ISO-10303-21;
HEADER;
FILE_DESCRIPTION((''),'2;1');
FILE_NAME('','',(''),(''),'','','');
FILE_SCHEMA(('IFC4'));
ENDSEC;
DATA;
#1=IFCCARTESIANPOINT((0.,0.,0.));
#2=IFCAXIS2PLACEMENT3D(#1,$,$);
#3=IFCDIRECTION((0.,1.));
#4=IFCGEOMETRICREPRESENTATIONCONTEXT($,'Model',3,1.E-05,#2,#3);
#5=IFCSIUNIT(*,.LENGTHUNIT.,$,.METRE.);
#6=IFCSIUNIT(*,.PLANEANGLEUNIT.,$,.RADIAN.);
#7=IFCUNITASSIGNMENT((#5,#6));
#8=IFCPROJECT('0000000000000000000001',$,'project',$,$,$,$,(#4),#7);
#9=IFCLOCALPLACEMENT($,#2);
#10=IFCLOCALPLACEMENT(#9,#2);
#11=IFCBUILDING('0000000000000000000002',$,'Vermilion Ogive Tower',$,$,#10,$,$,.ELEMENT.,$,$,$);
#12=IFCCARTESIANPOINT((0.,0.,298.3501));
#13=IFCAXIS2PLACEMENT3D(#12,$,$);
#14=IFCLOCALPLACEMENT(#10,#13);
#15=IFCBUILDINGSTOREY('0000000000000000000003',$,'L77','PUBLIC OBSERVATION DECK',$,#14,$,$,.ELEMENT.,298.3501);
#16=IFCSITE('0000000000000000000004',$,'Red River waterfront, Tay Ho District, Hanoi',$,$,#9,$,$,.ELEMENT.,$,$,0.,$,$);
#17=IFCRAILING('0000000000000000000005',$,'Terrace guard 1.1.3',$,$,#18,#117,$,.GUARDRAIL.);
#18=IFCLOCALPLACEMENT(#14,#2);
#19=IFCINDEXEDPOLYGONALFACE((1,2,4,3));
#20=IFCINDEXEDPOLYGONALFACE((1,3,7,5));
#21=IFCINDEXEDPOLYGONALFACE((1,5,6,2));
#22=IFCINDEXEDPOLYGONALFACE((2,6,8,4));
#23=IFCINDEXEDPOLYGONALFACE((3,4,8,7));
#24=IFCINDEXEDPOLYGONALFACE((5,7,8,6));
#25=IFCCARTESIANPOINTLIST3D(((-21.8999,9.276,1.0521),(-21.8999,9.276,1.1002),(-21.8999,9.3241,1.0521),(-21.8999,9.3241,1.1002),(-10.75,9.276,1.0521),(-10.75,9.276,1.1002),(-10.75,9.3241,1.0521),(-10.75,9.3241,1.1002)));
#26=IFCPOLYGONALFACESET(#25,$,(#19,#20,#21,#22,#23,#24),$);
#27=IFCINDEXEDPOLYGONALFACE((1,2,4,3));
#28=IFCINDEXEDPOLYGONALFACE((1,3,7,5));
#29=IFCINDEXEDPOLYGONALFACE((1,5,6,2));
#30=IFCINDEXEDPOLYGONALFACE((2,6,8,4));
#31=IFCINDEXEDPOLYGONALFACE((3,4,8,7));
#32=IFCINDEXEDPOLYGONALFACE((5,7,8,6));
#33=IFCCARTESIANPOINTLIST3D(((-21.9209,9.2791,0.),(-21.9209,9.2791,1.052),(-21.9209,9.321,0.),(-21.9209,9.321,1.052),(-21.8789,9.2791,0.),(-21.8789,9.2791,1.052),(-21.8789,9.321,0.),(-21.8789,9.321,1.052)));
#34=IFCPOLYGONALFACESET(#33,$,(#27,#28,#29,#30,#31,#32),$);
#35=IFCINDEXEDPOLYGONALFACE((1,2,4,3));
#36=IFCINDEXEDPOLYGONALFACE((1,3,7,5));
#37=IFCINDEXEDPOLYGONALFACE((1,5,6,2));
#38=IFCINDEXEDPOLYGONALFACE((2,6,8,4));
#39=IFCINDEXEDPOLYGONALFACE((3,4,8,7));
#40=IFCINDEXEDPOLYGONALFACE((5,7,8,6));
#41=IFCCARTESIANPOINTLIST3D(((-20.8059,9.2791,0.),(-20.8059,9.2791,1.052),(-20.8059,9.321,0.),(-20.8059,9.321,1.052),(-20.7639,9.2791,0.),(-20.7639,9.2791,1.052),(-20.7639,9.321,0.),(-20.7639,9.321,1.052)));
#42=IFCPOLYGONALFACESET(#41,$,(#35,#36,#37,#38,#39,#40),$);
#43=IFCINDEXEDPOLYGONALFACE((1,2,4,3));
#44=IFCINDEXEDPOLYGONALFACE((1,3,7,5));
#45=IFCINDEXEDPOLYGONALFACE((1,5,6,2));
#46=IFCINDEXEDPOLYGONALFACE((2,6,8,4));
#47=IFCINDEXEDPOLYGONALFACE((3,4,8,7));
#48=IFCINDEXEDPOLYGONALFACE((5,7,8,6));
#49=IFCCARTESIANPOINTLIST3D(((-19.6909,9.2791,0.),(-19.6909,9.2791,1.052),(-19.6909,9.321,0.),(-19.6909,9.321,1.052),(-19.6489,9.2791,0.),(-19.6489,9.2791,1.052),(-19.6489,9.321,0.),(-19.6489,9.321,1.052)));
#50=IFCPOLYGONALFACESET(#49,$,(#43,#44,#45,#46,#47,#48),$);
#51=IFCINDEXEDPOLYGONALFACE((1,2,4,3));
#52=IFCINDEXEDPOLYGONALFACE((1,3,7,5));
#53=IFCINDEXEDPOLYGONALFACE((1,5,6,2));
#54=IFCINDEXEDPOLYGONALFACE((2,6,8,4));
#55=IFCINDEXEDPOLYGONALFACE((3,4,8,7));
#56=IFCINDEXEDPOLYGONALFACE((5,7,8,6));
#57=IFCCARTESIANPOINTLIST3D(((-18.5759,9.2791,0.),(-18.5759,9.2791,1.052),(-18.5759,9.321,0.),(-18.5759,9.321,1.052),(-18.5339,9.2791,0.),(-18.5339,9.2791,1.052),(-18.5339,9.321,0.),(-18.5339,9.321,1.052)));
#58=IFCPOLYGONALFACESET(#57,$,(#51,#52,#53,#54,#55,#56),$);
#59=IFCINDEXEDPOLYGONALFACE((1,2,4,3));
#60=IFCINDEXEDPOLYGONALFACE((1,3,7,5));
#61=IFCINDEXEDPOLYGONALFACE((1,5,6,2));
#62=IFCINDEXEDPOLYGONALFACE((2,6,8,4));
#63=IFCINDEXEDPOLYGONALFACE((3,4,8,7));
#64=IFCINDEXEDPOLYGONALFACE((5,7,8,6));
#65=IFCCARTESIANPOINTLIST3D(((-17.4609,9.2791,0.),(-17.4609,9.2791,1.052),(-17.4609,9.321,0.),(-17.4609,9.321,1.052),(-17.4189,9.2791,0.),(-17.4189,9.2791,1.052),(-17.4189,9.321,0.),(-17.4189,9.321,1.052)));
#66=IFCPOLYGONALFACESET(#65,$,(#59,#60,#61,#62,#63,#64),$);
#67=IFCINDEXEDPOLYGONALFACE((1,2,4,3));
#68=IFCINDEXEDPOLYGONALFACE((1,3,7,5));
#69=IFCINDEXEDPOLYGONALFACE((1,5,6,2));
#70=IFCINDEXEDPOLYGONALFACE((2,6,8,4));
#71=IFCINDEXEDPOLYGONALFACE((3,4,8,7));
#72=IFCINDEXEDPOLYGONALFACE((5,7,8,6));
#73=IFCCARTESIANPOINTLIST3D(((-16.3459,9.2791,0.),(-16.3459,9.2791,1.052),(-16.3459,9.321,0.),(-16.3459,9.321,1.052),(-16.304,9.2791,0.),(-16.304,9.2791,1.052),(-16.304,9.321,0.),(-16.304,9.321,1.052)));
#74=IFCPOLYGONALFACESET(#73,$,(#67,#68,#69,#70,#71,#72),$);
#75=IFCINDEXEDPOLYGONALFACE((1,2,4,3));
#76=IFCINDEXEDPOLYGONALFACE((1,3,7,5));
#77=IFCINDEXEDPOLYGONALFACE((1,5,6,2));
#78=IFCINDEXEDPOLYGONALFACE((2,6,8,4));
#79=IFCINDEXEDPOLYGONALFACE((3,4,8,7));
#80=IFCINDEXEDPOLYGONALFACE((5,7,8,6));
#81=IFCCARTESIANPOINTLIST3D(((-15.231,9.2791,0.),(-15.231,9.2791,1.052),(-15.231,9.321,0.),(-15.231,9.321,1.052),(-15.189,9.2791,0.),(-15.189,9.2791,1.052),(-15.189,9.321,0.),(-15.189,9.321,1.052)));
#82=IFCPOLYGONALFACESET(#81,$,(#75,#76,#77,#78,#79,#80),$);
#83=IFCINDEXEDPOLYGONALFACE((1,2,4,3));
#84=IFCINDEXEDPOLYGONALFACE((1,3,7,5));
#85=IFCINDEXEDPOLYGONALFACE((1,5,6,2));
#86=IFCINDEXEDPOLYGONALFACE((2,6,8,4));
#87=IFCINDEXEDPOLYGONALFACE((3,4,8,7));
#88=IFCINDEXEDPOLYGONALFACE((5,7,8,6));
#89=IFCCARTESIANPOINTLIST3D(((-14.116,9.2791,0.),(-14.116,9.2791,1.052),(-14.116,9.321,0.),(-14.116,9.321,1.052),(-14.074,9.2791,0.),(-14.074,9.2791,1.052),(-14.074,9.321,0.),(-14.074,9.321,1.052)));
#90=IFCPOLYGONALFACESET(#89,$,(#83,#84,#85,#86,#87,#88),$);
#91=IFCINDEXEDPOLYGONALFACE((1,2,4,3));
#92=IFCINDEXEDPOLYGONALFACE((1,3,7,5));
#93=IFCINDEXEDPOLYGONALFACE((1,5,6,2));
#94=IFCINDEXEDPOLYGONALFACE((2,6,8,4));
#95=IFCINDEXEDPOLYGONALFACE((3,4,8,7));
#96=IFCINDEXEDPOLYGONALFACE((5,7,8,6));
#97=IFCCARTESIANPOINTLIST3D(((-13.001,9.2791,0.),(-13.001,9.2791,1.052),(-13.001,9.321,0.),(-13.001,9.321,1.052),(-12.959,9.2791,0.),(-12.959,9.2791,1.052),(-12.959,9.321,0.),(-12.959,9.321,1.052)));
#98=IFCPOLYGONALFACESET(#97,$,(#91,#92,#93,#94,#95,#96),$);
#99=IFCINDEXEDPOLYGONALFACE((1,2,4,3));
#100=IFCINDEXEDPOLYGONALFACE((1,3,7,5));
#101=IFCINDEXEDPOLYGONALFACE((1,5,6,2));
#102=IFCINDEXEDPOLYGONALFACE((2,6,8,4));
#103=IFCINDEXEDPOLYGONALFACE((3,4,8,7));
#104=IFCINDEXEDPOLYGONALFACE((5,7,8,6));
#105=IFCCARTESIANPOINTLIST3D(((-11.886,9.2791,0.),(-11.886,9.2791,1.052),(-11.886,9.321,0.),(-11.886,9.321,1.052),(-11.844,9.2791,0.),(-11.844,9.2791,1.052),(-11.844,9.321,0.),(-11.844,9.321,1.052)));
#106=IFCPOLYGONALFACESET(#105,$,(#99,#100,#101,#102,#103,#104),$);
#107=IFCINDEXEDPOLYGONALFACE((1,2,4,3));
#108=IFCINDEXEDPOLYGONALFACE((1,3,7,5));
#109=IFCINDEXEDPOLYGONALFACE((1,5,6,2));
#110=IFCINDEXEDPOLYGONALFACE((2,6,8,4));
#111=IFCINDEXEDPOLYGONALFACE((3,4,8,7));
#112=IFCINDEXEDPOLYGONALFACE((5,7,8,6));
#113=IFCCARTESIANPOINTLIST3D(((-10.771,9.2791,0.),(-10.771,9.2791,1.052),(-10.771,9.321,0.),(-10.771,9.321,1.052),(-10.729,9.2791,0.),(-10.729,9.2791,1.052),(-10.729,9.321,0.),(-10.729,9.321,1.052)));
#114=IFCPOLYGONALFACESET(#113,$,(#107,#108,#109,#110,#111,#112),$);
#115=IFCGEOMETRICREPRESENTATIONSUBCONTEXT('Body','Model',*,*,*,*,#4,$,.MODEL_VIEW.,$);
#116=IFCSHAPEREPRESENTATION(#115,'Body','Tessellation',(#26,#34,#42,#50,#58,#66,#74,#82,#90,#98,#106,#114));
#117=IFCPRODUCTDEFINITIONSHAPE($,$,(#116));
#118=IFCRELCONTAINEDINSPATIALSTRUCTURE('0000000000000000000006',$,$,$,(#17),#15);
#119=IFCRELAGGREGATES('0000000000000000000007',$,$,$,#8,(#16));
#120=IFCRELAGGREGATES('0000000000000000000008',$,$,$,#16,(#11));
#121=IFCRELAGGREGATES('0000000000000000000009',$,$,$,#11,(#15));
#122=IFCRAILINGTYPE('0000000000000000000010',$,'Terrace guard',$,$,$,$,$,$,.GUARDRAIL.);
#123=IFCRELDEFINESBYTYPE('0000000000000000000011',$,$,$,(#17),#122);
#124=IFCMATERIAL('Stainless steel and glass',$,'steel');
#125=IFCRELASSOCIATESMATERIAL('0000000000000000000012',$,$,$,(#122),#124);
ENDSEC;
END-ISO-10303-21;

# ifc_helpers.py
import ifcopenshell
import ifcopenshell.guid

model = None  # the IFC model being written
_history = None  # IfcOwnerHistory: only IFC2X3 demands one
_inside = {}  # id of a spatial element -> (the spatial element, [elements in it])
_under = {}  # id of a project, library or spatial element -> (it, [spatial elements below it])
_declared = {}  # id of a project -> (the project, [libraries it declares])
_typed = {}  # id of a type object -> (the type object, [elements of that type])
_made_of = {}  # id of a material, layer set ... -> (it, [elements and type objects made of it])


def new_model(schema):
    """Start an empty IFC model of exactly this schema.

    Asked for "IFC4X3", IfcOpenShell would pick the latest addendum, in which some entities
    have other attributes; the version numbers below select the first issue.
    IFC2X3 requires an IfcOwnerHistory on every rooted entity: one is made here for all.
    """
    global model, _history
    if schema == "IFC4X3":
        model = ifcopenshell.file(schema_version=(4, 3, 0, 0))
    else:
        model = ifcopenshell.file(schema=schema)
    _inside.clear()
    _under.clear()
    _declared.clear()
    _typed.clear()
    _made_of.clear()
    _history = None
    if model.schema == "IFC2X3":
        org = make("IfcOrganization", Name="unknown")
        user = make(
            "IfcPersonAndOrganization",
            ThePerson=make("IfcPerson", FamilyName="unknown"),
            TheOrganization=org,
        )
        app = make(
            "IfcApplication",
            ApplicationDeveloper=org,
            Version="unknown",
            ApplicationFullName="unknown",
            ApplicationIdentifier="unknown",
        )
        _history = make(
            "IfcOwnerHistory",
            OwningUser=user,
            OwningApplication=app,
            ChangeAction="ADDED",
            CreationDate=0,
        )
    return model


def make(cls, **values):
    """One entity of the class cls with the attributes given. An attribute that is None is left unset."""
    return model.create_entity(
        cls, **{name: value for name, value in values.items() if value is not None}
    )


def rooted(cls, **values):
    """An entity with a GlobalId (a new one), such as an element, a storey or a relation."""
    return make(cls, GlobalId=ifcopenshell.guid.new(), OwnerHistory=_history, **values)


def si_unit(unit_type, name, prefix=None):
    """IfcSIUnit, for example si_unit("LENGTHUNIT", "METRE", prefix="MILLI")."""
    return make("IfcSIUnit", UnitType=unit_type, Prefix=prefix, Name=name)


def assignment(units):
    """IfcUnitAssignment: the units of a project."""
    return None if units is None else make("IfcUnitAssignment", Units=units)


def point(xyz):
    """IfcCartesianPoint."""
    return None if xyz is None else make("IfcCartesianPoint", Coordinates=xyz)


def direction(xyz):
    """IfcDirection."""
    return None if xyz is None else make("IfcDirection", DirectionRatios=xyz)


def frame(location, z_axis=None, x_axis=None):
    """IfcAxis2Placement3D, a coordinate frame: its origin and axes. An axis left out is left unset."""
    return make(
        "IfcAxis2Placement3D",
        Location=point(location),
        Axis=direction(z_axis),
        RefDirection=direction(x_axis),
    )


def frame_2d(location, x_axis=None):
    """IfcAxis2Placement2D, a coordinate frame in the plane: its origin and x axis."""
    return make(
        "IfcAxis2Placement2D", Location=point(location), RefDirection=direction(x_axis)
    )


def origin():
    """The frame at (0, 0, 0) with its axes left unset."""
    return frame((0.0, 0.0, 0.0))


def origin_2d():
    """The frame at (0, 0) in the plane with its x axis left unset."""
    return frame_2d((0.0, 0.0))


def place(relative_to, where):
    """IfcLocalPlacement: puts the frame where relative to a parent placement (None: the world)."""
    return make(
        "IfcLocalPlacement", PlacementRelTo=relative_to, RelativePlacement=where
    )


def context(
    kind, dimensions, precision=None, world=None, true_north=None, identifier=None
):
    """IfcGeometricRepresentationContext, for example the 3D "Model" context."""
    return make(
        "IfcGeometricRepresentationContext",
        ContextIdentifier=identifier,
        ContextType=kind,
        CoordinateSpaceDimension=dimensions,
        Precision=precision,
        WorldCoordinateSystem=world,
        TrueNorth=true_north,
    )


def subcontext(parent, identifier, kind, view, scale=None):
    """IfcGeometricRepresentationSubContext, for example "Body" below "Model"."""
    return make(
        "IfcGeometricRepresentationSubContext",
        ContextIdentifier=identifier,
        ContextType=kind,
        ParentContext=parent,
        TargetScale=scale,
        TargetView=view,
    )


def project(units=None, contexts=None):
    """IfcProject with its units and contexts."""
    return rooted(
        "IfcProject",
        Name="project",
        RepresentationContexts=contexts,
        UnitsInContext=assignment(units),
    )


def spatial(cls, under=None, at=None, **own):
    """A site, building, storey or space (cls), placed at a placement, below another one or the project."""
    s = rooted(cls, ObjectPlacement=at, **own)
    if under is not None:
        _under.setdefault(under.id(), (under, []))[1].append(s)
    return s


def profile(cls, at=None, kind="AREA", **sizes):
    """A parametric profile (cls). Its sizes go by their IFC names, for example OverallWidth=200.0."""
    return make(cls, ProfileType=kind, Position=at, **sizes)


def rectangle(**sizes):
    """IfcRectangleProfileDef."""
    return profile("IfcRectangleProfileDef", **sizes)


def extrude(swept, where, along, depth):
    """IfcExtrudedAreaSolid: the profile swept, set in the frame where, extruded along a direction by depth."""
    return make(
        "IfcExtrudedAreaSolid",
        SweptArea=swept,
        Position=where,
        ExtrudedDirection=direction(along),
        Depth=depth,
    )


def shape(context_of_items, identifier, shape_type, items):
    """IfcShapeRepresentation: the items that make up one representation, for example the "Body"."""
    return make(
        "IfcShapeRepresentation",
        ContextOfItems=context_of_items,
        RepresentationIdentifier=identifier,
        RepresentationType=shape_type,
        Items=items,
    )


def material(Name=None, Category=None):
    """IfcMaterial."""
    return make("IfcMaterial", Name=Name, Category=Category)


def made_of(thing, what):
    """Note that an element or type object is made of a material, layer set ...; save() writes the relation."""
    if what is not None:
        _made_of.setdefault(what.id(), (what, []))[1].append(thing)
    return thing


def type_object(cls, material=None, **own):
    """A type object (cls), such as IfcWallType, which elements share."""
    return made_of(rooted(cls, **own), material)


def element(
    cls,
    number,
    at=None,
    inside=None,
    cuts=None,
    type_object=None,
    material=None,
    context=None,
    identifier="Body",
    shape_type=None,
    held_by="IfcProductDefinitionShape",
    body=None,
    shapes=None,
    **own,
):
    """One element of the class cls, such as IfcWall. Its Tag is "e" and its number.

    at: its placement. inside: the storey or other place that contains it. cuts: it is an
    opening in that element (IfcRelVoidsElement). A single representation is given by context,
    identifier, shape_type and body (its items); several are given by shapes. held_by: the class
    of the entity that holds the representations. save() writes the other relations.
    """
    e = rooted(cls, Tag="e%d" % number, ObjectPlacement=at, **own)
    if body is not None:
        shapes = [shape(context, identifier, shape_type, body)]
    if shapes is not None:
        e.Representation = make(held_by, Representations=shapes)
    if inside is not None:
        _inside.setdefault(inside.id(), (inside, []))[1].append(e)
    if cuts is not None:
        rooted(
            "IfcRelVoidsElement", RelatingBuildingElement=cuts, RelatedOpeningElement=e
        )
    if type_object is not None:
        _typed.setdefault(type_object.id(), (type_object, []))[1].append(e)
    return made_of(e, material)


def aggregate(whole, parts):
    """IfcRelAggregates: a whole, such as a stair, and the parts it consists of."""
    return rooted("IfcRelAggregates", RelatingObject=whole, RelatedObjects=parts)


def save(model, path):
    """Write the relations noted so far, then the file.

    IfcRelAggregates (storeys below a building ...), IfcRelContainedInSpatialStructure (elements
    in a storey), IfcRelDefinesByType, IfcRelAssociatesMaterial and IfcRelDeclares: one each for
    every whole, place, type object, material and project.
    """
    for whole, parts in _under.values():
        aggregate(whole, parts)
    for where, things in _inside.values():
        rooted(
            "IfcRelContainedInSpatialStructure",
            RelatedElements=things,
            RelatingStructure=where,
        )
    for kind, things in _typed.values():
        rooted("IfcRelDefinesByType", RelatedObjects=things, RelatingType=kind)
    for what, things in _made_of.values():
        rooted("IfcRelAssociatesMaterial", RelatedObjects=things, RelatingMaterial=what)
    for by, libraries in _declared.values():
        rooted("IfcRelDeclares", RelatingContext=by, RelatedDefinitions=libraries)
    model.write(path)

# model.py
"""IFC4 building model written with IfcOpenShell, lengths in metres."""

from ifc_helpers import new_model, si_unit, direction, frame, origin, origin_2d, place, context, subcontext, project, spatial, rectangle, extrude, material, type_object, element, save


model = new_model("IFC4")

# Units and contexts
model_context = context("Model", 3, precision=1e-05, world=origin(), true_north=direction((0.0, 1.0)))
body_context = subcontext(model_context, "Body", "Model", "MODEL_VIEW")
ifc_project = project(units=[si_unit("LENGTHUNIT", "METRE"), si_unit("PLANEANGLEUNIT", "RADIAN")], contexts=[model_context])

# Site, building, storey
site_placement = place(None, origin())
site = spatial("IfcSite", under=ifc_project, at=site_placement, Name="Red River waterfront, Tay Ho District, Hanoi", CompositionType="ELEMENT", RefElevation=0.0)
building_placement = place(site_placement, origin())
building = spatial("IfcBuilding", under=site, at=building_placement, Name="Vermilion Ogive Tower", CompositionType="ELEMENT")
storey_placement = place(building_placement, frame((0.0, 0.0, 298.3501)))
storey = spatial("IfcBuildingStorey", under=building, at=storey_placement, Name="L77", Description="PUBLIC OBSERVATION DECK", CompositionType="ELEMENT", Elevation=298.3501)

# Railing
ifc_material_1 = material(Name="Stainless steel and glass", Category="steel")
railing_type = type_object("IfcRailingType", Name="Terrace guard", PredefinedType="GUARDRAIL", material=ifc_material_1)
railing_placement = place(storey_placement, frame((-21.8999, 9.3, 0.0)))
element("IfcRailing", 1, at=railing_placement, inside=storey, type_object=railing_type, Name="Terrace guard 1.1.3", PredefinedType="GUARDRAIL", context=body_context, shape_type="SweptSolid", body=[
    extrude(rectangle(XDim=0.0481, YDim=0.0481, at=origin_2d()), frame((0.0, 0.0, 1.0762), z_axis=(1.0, 0.0, 0.0), x_axis=(0.0, 1.0, 0.0)), (0.0, 0.0, 1.0), 11.1499),
    extrude(rectangle(XDim=0.042, YDim=0.042, at=origin_2d()), origin(), (0.0, 0.0, 1.0), 1.052),
    extrude(rectangle(XDim=0.042, YDim=0.042, at=origin_2d()), frame((1.115, 0.0, 0.0)), (0.0, 0.0, 1.0), 1.052),
    extrude(rectangle(XDim=0.042, YDim=0.042, at=origin_2d()), frame((2.23, 0.0, 0.0)), (0.0, 0.0, 1.0), 1.052),
    extrude(rectangle(XDim=0.042, YDim=0.042, at=origin_2d()), frame((3.345, 0.0, 0.0)), (0.0, 0.0, 1.0), 1.052),
    extrude(rectangle(XDim=0.042, YDim=0.042, at=origin_2d()), frame((4.46, 0.0, 0.0)), (0.0, 0.0, 1.0), 1.052),
    extrude(rectangle(XDim=0.042, YDim=0.042, at=origin_2d()), frame((5.575, 0.0, 0.0)), (0.0, 0.0, 1.0), 1.052),
    extrude(rectangle(XDim=0.042, YDim=0.042, at=origin_2d()), frame((6.6899, 0.0, 0.0)), (0.0, 0.0, 1.0), 1.052),
    extrude(rectangle(XDim=0.042, YDim=0.042, at=origin_2d()), frame((7.8049, 0.0, 0.0)), (0.0, 0.0, 1.0), 1.052),
    extrude(rectangle(XDim=0.042, YDim=0.042, at=origin_2d()), frame((8.9199, 0.0, 0.0)), (0.0, 0.0, 1.0), 1.052),
    extrude(rectangle(XDim=0.042, YDim=0.042, at=origin_2d()), frame((10.0349, 0.0, 0.0)), (0.0, 0.0, 1.0), 1.052),
    extrude(rectangle(XDim=0.042, YDim=0.042, at=origin_2d()), frame((11.1499, 0.0, 0.0)), (0.0, 0.0, 1.0), 1.052),
])

save(model, "model.ifc")
